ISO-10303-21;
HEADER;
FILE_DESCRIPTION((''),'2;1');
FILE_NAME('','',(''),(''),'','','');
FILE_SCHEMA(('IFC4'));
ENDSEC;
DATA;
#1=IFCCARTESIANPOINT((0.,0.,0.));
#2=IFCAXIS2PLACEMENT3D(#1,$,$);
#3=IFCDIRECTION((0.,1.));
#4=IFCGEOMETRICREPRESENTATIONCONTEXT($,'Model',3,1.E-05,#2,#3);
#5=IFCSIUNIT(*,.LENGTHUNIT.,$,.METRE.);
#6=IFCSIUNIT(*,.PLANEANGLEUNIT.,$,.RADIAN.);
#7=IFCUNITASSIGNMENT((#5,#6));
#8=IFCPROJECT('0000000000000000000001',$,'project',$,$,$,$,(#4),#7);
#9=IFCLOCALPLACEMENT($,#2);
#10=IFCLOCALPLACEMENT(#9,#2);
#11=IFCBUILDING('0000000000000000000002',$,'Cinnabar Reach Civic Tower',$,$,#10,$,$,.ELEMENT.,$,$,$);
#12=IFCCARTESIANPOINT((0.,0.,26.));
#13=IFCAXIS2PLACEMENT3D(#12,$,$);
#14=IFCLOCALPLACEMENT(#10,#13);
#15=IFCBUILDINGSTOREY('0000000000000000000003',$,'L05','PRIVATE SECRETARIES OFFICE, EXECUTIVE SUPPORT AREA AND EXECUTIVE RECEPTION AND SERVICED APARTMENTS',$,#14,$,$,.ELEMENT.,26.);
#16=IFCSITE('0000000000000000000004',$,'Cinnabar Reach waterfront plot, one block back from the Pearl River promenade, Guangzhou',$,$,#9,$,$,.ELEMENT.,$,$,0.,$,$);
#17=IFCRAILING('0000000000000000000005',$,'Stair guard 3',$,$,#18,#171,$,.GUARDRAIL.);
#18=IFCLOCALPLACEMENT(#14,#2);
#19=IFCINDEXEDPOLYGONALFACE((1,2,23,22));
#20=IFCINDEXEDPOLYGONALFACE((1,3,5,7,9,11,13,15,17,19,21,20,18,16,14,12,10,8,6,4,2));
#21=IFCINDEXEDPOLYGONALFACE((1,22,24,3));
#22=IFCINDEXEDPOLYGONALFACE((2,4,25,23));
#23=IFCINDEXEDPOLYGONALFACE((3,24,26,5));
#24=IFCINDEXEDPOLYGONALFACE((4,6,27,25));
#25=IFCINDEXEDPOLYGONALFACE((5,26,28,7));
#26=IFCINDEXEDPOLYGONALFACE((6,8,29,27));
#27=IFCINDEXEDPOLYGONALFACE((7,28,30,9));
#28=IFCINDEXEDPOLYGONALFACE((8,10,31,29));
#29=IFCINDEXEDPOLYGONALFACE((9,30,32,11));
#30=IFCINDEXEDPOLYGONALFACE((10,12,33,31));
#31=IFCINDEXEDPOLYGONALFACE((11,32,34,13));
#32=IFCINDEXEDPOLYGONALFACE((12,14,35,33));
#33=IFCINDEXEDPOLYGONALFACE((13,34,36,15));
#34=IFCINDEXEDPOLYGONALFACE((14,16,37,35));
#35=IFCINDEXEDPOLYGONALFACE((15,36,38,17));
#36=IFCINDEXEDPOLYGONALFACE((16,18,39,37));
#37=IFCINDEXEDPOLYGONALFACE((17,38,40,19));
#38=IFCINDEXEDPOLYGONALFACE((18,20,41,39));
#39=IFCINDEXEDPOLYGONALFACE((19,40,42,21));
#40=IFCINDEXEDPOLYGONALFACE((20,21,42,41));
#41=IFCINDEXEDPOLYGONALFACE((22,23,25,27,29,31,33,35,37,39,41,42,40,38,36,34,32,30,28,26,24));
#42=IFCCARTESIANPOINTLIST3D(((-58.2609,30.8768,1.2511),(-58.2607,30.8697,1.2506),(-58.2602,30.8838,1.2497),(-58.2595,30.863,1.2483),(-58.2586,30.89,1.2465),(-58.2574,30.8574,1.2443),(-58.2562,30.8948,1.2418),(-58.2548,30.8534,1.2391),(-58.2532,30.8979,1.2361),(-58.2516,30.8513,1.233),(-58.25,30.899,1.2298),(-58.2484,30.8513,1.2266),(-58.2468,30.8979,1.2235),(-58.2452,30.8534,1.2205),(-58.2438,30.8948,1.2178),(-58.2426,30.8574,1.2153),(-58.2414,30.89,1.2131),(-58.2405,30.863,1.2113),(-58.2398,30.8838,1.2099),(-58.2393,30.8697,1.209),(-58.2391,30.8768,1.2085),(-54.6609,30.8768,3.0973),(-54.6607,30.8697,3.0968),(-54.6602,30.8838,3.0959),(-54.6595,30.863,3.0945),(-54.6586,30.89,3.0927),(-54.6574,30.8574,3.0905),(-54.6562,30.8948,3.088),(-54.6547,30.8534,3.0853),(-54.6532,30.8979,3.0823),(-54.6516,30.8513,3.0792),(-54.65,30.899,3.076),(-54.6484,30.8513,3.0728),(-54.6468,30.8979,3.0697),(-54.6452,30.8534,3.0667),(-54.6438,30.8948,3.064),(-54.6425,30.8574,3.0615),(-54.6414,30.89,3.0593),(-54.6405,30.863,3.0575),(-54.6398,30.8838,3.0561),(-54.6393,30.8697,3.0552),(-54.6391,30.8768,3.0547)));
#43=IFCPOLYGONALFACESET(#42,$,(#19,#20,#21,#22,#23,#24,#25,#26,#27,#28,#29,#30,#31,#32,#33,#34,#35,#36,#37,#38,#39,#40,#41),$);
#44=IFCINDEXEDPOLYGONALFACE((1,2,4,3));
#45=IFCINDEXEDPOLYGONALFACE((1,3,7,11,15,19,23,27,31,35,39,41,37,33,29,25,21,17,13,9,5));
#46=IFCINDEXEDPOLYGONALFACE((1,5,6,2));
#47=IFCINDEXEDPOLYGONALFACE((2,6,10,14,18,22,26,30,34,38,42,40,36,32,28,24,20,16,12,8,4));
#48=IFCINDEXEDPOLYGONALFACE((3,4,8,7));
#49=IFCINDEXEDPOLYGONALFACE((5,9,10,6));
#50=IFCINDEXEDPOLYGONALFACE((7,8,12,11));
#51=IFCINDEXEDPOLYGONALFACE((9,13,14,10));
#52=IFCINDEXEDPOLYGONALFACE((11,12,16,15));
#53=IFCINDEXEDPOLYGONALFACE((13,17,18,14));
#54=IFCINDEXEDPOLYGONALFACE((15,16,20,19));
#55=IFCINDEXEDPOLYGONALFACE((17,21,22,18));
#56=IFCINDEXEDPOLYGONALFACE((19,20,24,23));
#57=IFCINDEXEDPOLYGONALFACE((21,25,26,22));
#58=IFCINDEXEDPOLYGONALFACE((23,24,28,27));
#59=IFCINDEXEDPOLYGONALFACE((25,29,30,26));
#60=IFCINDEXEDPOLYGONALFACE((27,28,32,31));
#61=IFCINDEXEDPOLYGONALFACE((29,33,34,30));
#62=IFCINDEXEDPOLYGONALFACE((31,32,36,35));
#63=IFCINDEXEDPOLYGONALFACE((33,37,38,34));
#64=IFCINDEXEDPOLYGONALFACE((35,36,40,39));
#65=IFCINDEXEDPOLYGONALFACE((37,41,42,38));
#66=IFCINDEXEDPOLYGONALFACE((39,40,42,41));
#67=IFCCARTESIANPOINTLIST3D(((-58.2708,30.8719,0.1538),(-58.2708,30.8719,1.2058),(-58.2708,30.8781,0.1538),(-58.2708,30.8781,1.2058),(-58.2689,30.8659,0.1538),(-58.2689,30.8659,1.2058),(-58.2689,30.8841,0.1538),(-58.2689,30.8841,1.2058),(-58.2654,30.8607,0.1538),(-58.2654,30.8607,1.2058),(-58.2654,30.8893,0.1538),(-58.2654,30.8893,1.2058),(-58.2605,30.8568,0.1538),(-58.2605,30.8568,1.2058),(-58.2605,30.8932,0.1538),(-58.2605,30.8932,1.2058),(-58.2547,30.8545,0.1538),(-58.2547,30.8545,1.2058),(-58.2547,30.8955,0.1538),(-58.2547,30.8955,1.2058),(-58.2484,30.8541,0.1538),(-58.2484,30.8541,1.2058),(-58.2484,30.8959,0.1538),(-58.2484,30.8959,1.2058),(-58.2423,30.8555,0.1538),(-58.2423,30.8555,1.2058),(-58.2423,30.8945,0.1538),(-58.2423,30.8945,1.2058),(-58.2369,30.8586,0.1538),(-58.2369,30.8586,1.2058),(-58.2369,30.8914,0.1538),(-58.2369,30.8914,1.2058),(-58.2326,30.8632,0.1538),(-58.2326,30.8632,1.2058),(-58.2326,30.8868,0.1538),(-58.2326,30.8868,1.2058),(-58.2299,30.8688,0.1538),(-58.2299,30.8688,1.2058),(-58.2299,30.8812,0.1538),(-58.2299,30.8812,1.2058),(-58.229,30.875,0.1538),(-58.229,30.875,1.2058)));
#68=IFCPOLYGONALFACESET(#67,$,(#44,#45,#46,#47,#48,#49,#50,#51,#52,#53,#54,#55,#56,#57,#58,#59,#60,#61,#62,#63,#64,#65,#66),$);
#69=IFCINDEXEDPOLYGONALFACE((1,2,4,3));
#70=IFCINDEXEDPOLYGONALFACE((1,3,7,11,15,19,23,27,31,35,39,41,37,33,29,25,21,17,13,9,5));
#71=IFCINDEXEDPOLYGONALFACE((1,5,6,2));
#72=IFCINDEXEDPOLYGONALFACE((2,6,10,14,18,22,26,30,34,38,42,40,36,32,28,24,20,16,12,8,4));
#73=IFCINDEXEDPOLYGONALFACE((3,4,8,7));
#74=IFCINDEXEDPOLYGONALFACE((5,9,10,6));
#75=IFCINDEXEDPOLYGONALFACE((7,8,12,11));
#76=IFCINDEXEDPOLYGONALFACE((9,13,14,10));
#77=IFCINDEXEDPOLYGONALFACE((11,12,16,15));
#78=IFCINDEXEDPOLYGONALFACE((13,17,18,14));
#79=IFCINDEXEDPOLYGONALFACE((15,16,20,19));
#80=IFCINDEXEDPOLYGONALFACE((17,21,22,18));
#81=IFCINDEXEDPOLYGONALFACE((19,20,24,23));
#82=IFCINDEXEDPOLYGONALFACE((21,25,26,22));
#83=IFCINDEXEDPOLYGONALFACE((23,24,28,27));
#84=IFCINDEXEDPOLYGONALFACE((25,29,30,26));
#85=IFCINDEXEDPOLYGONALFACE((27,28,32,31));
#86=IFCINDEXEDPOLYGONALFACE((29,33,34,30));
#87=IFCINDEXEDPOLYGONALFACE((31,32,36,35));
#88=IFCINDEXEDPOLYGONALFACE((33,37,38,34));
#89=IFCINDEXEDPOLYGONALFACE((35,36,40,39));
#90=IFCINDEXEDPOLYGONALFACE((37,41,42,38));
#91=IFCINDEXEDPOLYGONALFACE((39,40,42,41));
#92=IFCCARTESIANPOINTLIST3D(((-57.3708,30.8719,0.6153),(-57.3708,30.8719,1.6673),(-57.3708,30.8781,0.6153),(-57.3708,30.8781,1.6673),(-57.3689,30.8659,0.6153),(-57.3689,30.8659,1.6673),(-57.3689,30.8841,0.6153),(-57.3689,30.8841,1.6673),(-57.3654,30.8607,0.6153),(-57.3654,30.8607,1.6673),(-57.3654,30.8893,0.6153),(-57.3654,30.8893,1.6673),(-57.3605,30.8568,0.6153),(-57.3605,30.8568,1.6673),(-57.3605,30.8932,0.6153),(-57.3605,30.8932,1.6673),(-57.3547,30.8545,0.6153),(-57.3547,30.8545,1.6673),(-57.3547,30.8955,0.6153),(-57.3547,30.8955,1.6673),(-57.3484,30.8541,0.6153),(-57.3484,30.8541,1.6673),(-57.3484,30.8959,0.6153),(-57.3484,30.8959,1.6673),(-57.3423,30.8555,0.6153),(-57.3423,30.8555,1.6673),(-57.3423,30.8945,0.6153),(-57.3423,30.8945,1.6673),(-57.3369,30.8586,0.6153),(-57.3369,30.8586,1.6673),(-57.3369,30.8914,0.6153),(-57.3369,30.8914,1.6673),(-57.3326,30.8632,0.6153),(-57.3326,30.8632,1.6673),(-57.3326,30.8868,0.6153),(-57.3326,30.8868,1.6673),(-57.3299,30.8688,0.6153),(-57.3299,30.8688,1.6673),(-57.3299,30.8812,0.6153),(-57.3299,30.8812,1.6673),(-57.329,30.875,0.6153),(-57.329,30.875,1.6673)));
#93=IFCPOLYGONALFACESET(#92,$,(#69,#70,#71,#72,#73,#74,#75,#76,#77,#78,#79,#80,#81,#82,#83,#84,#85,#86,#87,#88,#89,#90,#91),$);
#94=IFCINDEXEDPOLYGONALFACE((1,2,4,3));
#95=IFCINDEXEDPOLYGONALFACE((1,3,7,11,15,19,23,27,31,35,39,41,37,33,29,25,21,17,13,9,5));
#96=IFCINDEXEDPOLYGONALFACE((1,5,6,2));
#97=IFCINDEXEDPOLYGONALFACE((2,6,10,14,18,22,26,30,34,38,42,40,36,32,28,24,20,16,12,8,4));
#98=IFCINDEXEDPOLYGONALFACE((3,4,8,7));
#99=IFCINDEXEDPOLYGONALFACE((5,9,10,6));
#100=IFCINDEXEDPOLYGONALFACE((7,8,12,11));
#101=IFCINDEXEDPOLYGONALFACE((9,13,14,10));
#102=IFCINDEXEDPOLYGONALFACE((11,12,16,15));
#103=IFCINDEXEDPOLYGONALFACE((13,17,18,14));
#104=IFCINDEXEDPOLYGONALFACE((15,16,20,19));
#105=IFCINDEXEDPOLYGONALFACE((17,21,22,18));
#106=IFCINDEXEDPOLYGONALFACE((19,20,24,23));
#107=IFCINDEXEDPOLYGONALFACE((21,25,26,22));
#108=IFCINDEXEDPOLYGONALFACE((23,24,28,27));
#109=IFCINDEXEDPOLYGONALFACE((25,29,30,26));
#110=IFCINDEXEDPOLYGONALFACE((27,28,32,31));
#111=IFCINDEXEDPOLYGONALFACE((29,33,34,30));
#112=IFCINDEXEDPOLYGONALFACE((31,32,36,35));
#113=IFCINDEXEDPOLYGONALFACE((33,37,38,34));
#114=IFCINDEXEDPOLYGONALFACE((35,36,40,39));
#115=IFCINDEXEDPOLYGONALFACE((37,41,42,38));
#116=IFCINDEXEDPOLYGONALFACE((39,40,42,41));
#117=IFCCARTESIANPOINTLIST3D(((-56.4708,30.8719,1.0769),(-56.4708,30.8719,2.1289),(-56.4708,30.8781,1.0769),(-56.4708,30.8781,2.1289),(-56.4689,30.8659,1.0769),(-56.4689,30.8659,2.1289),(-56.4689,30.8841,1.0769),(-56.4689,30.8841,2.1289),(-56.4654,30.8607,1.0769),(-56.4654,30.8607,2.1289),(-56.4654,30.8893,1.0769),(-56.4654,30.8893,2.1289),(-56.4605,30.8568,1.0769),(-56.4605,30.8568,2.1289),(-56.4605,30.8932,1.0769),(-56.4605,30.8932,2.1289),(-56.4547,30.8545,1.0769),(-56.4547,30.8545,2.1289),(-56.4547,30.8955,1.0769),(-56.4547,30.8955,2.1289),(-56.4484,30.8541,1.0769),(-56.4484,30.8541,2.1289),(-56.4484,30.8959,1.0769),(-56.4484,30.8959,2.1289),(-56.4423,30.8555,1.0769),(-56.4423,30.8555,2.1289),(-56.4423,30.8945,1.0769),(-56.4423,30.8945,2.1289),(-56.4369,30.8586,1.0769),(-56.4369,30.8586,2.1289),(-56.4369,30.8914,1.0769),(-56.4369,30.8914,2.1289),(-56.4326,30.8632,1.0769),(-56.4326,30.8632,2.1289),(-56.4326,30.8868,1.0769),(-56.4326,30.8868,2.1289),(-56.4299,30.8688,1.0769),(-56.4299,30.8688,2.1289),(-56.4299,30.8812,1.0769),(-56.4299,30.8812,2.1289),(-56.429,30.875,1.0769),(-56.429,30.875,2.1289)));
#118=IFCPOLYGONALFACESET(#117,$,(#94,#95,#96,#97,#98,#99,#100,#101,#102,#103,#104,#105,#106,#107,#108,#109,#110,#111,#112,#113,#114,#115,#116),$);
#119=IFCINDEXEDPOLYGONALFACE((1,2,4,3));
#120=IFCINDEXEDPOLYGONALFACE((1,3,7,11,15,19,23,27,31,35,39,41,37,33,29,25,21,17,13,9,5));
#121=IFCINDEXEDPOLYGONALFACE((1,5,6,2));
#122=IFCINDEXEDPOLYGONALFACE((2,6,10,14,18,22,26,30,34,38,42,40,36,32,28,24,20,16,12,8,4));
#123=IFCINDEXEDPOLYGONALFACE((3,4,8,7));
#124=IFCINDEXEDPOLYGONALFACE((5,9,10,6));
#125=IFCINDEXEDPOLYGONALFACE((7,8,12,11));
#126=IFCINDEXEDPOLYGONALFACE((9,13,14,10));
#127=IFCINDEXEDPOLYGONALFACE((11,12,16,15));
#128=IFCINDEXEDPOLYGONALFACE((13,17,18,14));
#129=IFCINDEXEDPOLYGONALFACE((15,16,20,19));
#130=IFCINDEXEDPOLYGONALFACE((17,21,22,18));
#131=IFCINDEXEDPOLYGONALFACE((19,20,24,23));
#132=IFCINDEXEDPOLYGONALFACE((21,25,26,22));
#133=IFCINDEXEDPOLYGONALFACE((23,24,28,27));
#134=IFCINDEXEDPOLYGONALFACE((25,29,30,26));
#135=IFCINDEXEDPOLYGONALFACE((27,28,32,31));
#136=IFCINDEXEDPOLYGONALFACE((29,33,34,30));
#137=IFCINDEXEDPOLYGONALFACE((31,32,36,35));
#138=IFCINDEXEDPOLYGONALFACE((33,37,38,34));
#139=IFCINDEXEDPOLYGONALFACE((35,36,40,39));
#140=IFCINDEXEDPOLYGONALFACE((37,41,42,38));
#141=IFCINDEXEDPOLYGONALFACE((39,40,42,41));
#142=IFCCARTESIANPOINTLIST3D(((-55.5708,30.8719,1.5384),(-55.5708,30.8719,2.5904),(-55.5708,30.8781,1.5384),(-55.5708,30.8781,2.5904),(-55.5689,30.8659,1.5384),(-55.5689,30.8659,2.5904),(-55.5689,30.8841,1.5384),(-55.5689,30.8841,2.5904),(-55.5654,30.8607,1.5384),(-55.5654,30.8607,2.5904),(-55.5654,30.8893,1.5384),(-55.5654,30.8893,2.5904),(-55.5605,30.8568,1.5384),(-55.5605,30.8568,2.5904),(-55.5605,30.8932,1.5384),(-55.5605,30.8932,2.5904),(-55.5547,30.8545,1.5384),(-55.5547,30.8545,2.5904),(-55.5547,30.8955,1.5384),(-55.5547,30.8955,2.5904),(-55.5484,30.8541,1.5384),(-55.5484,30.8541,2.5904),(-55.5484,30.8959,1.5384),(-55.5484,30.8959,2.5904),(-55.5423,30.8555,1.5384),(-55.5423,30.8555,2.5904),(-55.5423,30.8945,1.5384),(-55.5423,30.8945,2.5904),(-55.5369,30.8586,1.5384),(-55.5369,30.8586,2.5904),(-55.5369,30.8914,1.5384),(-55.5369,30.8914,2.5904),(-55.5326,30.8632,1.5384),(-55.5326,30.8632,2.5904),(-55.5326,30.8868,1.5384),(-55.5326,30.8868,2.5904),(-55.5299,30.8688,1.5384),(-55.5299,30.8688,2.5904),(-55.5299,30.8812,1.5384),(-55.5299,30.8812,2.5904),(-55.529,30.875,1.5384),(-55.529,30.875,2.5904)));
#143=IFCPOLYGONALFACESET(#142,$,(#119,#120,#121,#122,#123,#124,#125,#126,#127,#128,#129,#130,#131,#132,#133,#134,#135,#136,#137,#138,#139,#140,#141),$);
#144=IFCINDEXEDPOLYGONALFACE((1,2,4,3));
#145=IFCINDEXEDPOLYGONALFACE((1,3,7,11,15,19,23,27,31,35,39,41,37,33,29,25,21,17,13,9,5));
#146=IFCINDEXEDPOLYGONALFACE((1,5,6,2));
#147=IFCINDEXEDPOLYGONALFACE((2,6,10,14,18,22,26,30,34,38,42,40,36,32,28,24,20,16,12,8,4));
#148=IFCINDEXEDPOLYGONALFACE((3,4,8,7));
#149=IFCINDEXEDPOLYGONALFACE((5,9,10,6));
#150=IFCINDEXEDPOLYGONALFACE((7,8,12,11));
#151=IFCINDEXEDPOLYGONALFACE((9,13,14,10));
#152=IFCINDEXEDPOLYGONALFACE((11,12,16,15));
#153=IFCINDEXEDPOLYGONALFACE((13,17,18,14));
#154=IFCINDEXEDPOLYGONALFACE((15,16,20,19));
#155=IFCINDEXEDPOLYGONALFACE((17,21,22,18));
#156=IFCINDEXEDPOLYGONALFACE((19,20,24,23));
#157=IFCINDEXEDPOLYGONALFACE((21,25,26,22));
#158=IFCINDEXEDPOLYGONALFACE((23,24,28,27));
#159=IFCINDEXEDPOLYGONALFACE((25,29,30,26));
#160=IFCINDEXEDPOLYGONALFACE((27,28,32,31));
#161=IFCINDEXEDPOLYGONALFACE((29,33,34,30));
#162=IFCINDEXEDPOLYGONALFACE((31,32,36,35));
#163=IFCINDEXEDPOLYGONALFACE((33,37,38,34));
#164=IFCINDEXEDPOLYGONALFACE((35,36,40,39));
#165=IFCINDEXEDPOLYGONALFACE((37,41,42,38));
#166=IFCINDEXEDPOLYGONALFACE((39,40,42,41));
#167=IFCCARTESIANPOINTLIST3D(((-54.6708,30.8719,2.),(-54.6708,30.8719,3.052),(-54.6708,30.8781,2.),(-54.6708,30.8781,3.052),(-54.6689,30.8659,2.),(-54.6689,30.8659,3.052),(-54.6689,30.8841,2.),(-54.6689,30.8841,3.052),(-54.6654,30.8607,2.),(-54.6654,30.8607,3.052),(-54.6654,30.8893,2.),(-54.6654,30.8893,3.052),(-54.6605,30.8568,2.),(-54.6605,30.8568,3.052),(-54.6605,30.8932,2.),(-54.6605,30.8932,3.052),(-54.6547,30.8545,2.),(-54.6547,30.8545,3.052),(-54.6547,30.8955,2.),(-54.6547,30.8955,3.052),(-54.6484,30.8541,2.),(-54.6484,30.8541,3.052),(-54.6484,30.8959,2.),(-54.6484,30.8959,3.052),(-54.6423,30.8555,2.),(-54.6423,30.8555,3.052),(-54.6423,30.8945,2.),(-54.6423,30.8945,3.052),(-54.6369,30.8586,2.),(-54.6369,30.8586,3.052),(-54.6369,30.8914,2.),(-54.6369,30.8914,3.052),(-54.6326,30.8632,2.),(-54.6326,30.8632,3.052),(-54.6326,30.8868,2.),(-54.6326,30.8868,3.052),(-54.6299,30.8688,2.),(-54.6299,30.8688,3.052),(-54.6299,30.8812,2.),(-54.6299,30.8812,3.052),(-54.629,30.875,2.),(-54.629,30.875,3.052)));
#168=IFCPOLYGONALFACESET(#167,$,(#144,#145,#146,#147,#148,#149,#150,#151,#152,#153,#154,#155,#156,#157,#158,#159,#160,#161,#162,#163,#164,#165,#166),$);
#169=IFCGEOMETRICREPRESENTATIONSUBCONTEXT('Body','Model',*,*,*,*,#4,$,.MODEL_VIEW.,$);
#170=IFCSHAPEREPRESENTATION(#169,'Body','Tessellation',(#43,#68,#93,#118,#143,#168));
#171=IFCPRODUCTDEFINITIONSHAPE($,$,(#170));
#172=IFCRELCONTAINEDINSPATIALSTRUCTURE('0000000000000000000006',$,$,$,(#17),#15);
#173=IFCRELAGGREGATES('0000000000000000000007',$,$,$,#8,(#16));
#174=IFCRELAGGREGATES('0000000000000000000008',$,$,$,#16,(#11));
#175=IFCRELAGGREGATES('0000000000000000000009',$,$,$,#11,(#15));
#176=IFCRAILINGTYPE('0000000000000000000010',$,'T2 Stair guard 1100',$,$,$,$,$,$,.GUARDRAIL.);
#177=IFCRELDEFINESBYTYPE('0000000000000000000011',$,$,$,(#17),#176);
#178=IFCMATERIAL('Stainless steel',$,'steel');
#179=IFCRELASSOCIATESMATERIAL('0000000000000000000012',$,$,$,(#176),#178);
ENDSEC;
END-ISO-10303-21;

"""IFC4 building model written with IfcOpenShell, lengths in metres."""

from ifc_helpers import new_model, si_unit, direction, frame, origin, origin_2d, place, context, subcontext, project, spatial, circle, extrude, material, type_object, element, save


model = new_model("IFC4")

# Units and contexts
model_context = context("Model", 3, precision=1e-05, world=origin(), true_north=direction((0.0, 1.0)))
body_context = subcontext(model_context, "Body", "Model", "MODEL_VIEW")
ifc_project = project(units=[si_unit("LENGTHUNIT", "METRE"), si_unit("PLANEANGLEUNIT", "RADIAN")], contexts=[model_context])

# Site, building, storey
site_placement = place(None, origin())
site = spatial("IfcSite", under=ifc_project, at=site_placement, Name="Cinnabar Reach waterfront plot, one block back from the Pearl River promenade, Guangzhou", CompositionType="ELEMENT", RefElevation=0.0)
building_placement = place(site_placement, origin())
building = spatial("IfcBuilding", under=site, at=building_placement, Name="Cinnabar Reach Civic Tower", CompositionType="ELEMENT")
storey_placement = place(building_placement, frame((0.0, 0.0, 26.0)))
storey = spatial("IfcBuildingStorey", under=building, at=storey_placement, Name="L05", Description="PRIVATE SECRETARIES OFFICE, EXECUTIVE SUPPORT AREA AND EXECUTIVE RECEPTION AND SERVICED APARTMENTS", CompositionType="ELEMENT", Elevation=26.0)

# Railing
ifc_material_1 = material(Name="Stainless steel", Category="steel")
railing_type = type_object("IfcRailingType", Name="T2 Stair guard 1100", PredefinedType="GUARDRAIL", material=ifc_material_1)
railing_1_placement = place(storey_placement, frame((-58.25, 30.875, 0.1538)))
element("IfcRailing", 1, at=railing_1_placement, inside=storey, type_object=railing_type, Name="Stair guard 3", PredefinedType="GUARDRAIL", context=body_context, shape_type="SweptSolid", body=[
    extrude(circle(Radius=0.024, at=origin_2d()), frame((0.0, 0.0, 1.076), z_axis=(0.889813, 0.0, 0.456326), x_axis=(0.0, 1.0, 0.0)), (0.0, 0.0, 1.0), 4.0458),
    extrude(circle(Radius=0.021, at=origin_2d()), origin(), (0.0, 0.0, 1.0), 1.052),
    extrude(circle(Radius=0.021, at=origin_2d()), frame((0.9, 0.0, 0.4615)), (0.0, 0.0, 1.0), 1.052),
    extrude(circle(Radius=0.021, at=origin_2d()), frame((1.8, 0.0, 0.9231)), (0.0, 0.0, 1.0), 1.052),
    extrude(circle(Radius=0.021, at=origin_2d()), frame((2.7, 0.0, 1.3846)), (0.0, 0.0, 1.0), 1.052),
    extrude(circle(Radius=0.021, at=origin_2d()), frame((3.6, 0.0, 1.8462)), (0.0, 0.0, 1.0), 1.052),
])

save(model, "model.ifc")
